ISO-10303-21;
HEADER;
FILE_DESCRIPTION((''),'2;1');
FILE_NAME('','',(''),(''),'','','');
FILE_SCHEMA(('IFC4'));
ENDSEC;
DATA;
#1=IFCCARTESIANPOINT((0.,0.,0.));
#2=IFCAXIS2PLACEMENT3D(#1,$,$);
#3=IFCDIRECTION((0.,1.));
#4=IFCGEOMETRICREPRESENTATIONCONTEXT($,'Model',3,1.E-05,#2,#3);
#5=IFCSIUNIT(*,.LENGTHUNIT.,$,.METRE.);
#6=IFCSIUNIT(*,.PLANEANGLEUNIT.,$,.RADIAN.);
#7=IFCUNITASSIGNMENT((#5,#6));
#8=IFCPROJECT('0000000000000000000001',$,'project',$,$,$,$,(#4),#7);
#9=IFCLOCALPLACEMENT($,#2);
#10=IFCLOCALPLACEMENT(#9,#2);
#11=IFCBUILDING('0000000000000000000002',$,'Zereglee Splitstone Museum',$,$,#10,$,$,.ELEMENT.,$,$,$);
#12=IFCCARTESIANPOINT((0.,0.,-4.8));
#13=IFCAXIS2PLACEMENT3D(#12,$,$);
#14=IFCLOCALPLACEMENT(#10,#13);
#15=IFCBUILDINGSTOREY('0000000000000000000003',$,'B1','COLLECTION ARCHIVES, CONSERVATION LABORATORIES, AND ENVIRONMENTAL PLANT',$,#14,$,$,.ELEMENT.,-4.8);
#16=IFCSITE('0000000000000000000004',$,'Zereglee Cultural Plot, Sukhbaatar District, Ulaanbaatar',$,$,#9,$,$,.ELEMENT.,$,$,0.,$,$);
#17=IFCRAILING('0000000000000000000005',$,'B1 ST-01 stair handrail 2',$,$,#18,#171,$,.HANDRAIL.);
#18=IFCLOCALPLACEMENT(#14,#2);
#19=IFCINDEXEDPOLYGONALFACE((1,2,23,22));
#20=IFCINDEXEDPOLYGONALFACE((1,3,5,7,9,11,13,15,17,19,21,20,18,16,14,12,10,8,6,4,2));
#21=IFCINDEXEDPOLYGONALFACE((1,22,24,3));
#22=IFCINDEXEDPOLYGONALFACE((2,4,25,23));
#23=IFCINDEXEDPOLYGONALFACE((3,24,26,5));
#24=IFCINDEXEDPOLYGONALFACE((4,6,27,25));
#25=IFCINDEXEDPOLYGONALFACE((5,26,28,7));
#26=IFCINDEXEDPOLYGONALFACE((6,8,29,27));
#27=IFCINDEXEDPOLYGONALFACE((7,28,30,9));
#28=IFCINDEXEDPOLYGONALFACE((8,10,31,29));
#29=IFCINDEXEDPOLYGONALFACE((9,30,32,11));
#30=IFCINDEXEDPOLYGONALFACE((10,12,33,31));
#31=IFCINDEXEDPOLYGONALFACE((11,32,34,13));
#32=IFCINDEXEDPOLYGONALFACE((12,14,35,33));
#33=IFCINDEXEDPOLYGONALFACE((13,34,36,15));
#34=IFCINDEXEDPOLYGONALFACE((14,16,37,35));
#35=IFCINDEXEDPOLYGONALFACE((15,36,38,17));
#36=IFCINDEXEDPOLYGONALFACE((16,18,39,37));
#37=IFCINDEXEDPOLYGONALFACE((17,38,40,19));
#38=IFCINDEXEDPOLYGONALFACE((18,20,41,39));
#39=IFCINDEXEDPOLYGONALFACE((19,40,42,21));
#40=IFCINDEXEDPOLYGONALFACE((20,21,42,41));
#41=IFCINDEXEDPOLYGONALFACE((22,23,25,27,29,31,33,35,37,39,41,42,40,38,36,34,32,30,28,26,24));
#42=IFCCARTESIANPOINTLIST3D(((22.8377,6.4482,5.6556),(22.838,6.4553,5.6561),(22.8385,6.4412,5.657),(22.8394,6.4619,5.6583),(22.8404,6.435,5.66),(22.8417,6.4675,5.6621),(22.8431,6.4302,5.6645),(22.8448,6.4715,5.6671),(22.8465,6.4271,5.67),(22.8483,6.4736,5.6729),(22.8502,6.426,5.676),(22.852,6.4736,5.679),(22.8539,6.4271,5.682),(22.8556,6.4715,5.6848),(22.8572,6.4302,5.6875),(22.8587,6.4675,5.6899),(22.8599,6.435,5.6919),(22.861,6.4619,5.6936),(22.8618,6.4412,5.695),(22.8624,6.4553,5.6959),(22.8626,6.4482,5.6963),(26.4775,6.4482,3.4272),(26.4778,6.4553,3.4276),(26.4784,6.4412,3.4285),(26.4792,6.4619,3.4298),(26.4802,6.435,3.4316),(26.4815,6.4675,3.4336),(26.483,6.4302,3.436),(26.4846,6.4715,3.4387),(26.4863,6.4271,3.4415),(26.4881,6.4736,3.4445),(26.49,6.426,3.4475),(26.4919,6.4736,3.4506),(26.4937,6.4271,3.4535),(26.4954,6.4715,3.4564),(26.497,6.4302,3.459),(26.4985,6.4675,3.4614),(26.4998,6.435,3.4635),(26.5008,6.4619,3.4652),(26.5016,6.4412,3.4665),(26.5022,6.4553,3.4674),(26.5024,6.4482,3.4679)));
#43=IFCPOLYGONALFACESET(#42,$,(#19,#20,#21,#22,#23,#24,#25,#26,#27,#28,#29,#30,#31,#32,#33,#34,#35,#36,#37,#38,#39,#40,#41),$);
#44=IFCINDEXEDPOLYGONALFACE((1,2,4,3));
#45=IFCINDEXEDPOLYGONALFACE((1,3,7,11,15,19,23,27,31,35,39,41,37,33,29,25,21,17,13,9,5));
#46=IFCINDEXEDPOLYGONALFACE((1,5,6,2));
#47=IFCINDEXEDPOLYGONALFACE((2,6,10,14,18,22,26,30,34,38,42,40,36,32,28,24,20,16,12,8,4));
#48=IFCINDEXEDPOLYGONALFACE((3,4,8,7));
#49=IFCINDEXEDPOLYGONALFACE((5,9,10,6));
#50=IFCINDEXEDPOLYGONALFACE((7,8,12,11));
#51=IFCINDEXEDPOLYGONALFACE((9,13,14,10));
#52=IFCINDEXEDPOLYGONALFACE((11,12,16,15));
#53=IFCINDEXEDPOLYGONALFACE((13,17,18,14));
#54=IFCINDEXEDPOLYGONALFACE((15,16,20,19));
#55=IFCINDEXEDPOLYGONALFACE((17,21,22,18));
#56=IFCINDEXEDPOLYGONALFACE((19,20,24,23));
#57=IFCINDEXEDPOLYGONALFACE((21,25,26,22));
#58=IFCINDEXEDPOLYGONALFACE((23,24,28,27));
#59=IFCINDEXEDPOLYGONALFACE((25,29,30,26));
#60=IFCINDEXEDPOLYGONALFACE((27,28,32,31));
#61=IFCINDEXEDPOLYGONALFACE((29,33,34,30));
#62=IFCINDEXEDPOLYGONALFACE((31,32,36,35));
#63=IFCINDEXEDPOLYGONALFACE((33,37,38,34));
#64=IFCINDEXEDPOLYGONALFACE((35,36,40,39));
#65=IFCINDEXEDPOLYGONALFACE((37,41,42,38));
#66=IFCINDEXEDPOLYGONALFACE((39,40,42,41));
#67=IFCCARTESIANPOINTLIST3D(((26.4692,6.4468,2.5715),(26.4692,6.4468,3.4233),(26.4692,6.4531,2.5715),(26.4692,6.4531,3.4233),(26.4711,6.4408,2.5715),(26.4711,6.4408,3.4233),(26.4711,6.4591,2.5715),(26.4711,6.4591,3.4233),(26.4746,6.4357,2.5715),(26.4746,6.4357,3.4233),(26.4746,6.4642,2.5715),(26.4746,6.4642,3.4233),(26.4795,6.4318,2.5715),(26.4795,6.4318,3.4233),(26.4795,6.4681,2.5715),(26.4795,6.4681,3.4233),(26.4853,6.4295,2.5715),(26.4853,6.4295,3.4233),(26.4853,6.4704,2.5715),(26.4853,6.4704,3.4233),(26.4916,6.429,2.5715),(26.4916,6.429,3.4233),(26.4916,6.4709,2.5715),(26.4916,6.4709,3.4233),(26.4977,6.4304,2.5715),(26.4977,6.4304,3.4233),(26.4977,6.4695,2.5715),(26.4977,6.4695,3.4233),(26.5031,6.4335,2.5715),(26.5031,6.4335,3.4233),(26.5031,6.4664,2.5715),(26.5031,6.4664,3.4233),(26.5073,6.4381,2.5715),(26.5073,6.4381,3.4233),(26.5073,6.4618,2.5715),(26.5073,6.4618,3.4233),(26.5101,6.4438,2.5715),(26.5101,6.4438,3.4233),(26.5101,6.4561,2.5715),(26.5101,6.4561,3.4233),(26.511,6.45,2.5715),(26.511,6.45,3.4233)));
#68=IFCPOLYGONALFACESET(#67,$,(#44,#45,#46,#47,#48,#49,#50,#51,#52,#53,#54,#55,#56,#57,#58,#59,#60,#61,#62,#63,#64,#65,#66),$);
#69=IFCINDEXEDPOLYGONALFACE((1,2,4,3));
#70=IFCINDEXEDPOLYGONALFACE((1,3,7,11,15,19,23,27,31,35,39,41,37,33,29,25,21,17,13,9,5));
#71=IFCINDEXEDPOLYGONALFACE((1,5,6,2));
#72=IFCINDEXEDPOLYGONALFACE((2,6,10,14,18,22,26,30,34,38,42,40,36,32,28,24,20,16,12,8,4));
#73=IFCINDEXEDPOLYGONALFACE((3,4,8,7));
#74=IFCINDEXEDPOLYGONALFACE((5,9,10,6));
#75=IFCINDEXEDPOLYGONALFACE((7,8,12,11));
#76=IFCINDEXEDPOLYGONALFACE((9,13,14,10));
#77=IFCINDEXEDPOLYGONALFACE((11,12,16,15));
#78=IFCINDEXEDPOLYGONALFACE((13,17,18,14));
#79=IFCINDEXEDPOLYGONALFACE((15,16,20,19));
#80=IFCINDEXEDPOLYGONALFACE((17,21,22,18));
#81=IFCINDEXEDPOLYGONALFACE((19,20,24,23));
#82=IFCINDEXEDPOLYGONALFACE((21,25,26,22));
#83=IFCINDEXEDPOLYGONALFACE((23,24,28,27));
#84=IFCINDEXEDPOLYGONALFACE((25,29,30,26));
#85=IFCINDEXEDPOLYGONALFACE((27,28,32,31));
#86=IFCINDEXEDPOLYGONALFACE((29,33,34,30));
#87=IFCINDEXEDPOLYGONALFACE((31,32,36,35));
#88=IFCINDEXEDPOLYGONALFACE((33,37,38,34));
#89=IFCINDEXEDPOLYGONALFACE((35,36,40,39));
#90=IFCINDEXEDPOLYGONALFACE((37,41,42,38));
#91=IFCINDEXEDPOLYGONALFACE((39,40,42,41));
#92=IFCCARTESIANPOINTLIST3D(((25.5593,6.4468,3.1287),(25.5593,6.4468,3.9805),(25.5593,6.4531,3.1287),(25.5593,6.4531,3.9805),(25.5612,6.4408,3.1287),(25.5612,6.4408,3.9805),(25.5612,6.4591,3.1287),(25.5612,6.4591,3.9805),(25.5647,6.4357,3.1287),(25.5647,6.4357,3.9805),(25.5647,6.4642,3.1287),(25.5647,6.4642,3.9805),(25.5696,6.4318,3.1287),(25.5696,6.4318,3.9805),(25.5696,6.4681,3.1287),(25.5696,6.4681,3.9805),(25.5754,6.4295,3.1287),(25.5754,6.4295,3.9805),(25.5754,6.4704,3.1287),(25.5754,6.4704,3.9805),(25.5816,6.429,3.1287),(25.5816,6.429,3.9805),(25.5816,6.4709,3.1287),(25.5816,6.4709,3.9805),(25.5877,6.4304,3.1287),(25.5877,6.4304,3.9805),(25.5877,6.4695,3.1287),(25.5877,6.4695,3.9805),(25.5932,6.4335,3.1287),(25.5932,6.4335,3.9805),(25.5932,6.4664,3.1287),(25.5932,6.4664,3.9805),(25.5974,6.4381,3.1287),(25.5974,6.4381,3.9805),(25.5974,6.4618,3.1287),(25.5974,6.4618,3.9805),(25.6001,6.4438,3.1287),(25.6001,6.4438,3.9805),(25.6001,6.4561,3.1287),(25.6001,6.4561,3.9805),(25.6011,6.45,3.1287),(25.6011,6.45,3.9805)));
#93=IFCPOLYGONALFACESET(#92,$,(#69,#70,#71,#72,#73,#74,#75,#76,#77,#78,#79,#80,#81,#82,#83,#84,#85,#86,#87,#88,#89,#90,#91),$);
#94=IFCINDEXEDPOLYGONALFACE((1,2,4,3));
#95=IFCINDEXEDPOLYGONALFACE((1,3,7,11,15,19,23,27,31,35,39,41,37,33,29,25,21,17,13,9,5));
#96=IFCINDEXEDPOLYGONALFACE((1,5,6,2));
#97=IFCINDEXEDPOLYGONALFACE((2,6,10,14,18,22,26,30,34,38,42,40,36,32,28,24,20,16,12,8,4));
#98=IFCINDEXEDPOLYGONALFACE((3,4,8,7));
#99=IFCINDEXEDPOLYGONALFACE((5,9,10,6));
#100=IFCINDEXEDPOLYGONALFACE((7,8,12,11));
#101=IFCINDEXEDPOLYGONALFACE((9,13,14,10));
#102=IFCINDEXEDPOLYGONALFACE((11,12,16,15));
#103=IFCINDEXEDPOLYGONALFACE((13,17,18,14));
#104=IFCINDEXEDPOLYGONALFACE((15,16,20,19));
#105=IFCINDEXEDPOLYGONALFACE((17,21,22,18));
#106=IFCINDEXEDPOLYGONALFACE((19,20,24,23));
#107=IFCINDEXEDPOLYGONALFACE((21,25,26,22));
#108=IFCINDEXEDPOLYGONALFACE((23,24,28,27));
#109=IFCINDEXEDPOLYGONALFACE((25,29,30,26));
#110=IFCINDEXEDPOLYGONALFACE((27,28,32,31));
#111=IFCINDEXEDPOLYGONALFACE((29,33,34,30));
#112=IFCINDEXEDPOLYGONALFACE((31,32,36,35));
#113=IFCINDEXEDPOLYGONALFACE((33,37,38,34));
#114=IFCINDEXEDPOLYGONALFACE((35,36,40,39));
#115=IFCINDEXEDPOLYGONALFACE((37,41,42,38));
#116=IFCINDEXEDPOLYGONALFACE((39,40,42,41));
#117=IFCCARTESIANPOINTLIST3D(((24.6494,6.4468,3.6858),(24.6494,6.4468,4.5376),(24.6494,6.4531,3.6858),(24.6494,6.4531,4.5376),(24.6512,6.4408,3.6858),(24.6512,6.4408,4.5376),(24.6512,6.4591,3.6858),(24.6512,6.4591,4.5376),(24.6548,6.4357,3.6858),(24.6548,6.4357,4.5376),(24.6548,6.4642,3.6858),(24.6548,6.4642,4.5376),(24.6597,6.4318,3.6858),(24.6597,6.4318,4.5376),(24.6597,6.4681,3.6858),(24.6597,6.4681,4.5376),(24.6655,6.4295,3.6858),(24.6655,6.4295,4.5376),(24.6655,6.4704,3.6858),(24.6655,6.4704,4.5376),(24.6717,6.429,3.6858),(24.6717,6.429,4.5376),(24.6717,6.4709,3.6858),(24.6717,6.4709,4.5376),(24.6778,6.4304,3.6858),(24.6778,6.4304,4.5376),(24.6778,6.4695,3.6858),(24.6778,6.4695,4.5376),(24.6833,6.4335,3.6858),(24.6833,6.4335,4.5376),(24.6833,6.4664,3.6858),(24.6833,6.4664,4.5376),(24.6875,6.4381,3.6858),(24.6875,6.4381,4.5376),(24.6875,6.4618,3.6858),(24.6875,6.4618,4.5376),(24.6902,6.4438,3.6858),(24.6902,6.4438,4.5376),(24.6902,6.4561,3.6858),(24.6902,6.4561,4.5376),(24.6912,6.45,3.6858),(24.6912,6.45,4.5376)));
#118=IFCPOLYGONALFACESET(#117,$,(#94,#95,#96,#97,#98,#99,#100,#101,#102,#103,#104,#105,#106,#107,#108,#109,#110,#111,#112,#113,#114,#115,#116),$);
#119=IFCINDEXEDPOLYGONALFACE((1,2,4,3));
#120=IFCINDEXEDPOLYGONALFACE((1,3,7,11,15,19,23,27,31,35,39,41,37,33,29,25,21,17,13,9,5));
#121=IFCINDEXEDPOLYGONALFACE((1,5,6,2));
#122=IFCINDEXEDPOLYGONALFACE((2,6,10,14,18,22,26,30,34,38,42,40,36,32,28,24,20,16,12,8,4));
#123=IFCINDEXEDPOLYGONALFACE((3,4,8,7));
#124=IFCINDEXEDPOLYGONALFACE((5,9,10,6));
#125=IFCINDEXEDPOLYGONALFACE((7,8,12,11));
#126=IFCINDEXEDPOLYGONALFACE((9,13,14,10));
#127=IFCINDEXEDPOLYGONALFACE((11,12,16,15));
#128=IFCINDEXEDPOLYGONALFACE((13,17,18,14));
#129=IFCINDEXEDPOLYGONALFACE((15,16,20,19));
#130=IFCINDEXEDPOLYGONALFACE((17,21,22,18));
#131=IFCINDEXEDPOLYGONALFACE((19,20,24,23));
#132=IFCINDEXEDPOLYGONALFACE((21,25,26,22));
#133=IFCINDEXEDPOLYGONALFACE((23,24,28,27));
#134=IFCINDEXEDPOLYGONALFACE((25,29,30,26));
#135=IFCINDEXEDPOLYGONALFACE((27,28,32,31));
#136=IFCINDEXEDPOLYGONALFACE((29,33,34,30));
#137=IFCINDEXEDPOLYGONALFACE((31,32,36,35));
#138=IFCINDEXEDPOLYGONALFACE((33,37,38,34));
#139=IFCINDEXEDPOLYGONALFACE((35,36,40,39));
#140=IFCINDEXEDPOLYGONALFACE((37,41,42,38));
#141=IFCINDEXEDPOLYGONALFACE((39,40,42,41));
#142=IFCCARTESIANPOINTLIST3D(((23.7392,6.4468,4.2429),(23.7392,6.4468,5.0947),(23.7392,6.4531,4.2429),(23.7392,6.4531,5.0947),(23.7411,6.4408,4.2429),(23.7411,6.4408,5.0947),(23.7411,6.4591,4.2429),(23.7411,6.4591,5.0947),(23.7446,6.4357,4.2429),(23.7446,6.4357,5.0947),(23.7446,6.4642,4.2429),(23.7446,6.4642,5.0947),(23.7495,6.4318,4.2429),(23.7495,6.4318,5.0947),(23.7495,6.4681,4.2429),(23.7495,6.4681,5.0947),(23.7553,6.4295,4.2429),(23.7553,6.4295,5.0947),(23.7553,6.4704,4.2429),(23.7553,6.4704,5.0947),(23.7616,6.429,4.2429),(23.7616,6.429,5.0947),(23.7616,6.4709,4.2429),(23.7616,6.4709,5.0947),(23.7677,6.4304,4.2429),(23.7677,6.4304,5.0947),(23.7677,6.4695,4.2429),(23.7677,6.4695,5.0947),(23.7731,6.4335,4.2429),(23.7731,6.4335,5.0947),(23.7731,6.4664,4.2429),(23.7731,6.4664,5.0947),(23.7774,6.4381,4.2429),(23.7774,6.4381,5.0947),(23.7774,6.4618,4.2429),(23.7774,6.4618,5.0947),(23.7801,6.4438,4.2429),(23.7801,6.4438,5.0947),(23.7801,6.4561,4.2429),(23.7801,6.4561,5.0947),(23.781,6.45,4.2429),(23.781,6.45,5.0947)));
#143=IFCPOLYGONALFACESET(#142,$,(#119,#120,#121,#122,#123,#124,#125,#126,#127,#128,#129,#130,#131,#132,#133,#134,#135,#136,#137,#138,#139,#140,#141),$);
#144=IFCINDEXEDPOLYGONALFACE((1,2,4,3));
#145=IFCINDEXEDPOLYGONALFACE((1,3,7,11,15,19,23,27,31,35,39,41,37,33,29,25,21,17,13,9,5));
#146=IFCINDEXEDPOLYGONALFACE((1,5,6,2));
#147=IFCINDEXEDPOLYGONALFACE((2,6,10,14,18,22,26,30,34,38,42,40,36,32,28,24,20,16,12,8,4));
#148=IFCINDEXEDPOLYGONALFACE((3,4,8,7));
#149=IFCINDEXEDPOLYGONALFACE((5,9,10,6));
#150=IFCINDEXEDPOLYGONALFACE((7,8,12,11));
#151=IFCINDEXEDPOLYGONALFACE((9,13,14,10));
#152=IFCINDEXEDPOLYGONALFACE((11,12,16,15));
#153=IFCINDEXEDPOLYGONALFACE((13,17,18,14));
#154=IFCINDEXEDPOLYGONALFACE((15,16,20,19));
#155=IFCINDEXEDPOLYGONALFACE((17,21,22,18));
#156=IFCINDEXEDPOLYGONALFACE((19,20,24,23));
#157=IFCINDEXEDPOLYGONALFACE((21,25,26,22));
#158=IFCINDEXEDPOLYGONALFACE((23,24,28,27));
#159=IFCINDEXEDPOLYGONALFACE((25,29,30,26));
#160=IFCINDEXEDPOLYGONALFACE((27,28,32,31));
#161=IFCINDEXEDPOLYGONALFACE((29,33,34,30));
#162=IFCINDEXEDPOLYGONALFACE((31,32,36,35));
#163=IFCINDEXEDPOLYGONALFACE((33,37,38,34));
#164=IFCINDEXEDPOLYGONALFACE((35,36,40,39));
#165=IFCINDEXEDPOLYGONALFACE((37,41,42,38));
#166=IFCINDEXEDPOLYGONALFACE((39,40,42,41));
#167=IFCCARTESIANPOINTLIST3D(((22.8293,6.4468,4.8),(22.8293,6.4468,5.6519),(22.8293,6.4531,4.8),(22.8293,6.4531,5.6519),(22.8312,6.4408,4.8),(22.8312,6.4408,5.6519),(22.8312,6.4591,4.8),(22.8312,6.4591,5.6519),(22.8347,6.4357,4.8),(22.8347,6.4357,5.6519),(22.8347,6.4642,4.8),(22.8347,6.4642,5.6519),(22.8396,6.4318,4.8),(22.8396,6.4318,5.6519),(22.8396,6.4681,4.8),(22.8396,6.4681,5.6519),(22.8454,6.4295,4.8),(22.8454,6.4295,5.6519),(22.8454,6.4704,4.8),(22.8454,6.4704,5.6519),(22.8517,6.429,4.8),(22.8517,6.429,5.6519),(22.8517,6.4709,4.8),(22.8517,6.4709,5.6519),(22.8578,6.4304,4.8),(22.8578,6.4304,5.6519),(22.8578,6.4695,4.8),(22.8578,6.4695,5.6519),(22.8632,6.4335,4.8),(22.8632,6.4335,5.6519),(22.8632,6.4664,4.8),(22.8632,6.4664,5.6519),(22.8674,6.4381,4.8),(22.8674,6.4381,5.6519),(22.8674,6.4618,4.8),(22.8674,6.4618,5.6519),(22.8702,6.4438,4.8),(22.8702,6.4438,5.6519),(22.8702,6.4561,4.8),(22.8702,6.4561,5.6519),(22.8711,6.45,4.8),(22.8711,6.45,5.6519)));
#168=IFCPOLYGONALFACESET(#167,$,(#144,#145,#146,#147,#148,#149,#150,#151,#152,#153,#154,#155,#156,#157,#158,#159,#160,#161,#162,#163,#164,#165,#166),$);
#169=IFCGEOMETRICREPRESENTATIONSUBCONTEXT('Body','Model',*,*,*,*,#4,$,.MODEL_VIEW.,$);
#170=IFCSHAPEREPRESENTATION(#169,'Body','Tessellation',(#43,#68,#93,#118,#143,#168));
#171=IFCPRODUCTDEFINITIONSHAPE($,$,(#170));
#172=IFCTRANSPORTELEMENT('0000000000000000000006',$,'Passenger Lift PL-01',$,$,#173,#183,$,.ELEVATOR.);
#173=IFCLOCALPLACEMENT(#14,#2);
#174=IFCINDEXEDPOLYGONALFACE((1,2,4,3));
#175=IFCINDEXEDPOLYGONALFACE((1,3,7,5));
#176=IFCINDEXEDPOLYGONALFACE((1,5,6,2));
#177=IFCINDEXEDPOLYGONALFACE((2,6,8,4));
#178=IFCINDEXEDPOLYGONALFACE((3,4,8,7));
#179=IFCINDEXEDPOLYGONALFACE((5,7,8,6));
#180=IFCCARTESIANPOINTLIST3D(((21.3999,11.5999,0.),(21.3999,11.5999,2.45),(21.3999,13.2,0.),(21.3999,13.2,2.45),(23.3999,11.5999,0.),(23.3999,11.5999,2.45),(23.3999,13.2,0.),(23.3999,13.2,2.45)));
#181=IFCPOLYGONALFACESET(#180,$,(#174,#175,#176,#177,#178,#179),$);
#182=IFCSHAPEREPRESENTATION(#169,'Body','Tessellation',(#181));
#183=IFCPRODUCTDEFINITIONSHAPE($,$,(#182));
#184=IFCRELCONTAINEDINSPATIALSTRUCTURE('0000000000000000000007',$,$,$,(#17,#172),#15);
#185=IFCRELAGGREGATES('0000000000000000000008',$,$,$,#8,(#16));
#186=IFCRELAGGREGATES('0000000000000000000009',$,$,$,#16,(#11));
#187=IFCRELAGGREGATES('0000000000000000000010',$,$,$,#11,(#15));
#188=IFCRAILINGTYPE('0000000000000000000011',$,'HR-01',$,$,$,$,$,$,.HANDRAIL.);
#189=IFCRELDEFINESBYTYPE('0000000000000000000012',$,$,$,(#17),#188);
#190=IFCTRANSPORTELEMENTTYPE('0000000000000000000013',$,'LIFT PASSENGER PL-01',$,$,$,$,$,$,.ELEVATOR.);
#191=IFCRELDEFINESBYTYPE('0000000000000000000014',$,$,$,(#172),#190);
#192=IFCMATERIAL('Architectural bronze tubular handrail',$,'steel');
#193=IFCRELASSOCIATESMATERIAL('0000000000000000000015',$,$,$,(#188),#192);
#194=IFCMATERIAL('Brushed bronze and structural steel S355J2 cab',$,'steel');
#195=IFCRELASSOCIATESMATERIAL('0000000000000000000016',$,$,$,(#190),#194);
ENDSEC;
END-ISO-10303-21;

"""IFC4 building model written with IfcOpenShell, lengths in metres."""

from ifc_helpers import new_model, si_unit, direction, frame, origin, origin_2d, place, context, subcontext, project, spatial, rectangle, circle, extrude, material, type_object, element, save


model = new_model("IFC4")

# Units and contexts
model_context = context("Model", 3, precision=1e-05, world=origin(), true_north=direction((0.0, 1.0)))
body_context = subcontext(model_context, "Body", "Model", "MODEL_VIEW")
ifc_project = project(units=[si_unit("LENGTHUNIT", "METRE"), si_unit("PLANEANGLEUNIT", "RADIAN")], contexts=[model_context])

# Site, building, storey
site_placement = place(None, origin())
site = spatial("IfcSite", under=ifc_project, at=site_placement, Name="Zereglee Cultural Plot, Sukhbaatar District, Ulaanbaatar", CompositionType="ELEMENT", RefElevation=0.0)
building_placement = place(site_placement, origin())
building = spatial("IfcBuilding", under=site, at=building_placement, Name="Zereglee Splitstone Museum", CompositionType="ELEMENT")
storey_placement = place(building_placement, frame((0.0, 0.0, -4.8)))
storey = spatial("IfcBuildingStorey", under=building, at=storey_placement, Name="B1", Description="COLLECTION ARCHIVES, CONSERVATION LABORATORIES, AND ENVIRONMENTAL PLANT", CompositionType="ELEMENT", Elevation=-4.8)

# Railing
ifc_material_1 = material(Name="Architectural bronze tubular handrail", Category="steel")
railing_type = type_object("IfcRailingType", Name="HR-01", PredefinedType="HANDRAIL", material=ifc_material_1)
railing_placement = place(storey_placement, frame((26.49, 6.45, 2.5715)))
element("IfcRailing", 1, at=railing_placement, inside=storey, type_object=railing_type, Name="B1 ST-01 stair handrail 2", PredefinedType="HANDRAIL", context=body_context, shape_type="SweptSolid", body=[
    extrude(circle(Radius=0.0239, at=origin_2d()), frame((0.0, 0.0, 0.876), z_axis=(-0.85285, 0.0, 0.522156), x_axis=(0.0, -1.0, 0.0)), (0.0, 0.0, 1.0), 4.2678),
    extrude(circle(Radius=0.021, at=origin_2d()), origin(), (0.0, 0.0, 1.0), 0.8518),
    extrude(circle(Radius=0.021, at=origin_2d()), frame((-0.9099, 0.0, 0.5571)), (0.0, 0.0, 1.0), 0.8518),
    extrude(circle(Radius=0.021, at=origin_2d()), frame((-1.8198, 0.0, 1.1143)), (0.0, 0.0, 1.0), 0.8518),
    extrude(circle(Radius=0.021, at=origin_2d()), frame((-2.73, 0.0, 1.6714)), (0.0, 0.0, 1.0), 0.8518),
    extrude(circle(Radius=0.021, at=origin_2d()), frame((-3.6399, 0.0, 2.2285)), (0.0, 0.0, 1.0), 0.8518),
])

# Transport element
ifc_material_2 = material(Name="Brushed bronze and structural steel S355J2 cab", Category="steel")
transport_element_type = type_object("IfcTransportElementType", Name="LIFT PASSENGER PL-01", PredefinedType="ELEVATOR", material=ifc_material_2)
transport_element_placement = place(storey_placement, frame((22.3999, 12.3999, 0.0), z_axis=(0.0, 0.0, 1.0), x_axis=(1.0, 0.0, 0.0)))
element("IfcTransportElement", 2, at=transport_element_placement, inside=storey, type_object=transport_element_type, Name="Passenger Lift PL-01", PredefinedType="ELEVATOR", context=body_context, shape_type="SweptSolid", body=[
    extrude(rectangle(XDim=2.0, YDim=1.6001, at=origin_2d()), origin(), (0.0, 0.0, 1.0), 2.45),
])

save(model, "model.ifc")
